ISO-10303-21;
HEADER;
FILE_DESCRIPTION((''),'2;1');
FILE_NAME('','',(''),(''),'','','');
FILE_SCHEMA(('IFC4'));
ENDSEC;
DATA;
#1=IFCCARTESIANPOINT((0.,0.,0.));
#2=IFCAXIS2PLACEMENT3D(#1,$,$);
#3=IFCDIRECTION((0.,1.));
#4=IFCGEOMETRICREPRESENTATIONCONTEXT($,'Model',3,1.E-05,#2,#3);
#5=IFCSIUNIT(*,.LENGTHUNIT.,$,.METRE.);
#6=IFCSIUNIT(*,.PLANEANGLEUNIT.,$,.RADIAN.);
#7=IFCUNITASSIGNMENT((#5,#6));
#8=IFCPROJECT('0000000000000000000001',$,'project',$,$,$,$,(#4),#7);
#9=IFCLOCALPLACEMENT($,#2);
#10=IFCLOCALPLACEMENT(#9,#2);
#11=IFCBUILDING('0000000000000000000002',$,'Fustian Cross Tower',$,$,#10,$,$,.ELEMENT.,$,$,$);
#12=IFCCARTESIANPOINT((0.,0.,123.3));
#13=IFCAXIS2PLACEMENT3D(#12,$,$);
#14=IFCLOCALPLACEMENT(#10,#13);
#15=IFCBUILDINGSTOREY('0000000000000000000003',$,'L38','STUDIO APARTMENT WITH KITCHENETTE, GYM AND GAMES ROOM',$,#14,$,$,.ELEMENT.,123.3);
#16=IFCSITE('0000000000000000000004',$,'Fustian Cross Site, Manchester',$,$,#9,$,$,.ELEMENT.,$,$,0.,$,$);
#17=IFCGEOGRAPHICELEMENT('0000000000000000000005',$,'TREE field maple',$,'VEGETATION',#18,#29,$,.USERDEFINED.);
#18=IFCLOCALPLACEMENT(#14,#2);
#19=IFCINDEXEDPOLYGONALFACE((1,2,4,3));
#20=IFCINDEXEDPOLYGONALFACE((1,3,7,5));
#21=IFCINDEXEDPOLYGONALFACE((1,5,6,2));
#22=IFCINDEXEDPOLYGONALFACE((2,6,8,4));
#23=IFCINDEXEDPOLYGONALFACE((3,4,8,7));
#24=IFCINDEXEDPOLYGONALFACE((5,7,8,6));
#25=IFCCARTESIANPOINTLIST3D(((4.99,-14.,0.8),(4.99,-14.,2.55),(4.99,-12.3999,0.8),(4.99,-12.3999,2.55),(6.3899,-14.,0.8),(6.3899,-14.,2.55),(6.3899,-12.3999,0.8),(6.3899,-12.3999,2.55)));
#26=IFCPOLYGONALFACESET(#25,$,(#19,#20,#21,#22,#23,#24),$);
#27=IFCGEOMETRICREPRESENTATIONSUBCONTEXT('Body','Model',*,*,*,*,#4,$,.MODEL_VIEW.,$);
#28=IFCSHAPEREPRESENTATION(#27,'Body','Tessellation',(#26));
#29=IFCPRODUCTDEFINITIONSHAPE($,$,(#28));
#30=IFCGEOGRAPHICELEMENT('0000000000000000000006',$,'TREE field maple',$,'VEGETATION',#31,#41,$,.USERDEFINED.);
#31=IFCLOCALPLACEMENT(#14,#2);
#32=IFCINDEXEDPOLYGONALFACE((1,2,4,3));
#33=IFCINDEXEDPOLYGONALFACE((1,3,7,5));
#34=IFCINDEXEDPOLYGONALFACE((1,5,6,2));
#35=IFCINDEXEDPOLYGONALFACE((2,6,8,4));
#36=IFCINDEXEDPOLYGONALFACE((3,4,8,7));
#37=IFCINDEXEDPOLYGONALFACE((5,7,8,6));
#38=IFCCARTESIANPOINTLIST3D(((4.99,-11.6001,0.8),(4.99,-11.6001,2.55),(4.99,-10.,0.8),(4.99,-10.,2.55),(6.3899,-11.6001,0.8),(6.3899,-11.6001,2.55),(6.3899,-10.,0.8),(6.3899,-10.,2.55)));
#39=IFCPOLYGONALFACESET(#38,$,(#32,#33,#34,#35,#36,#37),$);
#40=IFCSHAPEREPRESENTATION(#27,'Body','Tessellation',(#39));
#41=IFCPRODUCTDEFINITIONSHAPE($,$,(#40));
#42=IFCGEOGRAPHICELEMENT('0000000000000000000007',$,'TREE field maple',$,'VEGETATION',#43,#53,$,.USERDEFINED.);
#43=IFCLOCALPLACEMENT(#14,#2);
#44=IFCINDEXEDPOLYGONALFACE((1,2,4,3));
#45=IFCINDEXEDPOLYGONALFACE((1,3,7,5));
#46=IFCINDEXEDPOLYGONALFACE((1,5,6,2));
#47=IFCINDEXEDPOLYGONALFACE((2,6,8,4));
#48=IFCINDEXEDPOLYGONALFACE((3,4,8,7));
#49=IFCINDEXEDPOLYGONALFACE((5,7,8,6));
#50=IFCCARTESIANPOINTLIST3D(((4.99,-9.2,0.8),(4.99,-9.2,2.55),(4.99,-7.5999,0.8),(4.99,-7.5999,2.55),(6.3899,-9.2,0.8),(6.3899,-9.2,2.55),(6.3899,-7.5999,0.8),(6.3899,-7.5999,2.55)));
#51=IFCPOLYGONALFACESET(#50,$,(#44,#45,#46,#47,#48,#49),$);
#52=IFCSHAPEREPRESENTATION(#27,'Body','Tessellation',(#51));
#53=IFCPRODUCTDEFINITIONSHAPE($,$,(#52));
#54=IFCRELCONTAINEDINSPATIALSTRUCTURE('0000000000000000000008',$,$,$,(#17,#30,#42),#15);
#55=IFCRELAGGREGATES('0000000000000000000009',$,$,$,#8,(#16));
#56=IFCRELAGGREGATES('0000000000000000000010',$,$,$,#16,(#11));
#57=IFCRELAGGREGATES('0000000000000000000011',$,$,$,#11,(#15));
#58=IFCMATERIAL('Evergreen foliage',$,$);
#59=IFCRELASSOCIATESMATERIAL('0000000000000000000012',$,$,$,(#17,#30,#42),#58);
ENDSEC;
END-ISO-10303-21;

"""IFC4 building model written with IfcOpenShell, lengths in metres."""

from ifc_helpers import new_model, si_unit, direction, frame, origin, origin_2d, place, context, subcontext, project, spatial, rectangle, extrude, material, element, save


model = new_model("IFC4")

# Units and contexts
model_context = context("Model", 3, precision=1e-05, world=origin(), true_north=direction((0.0, 1.0)))
body_context = subcontext(model_context, "Body", "Model", "MODEL_VIEW")
ifc_project = project(units=[si_unit("LENGTHUNIT", "METRE"), si_unit("PLANEANGLEUNIT", "RADIAN")], contexts=[model_context])

# Site, building, storey
site_placement = place(None, origin())
site = spatial("IfcSite", under=ifc_project, at=site_placement, Name="Fustian Cross Site, Manchester", CompositionType="ELEMENT", RefElevation=0.0)
building_placement = place(site_placement, origin())
building = spatial("IfcBuilding", under=site, at=building_placement, Name="Fustian Cross Tower", CompositionType="ELEMENT")
storey_placement = place(building_placement, frame((0.0, 0.0, 123.3)))
storey = spatial("IfcBuildingStorey", under=building, at=storey_placement, Name="L38", Description="STUDIO APARTMENT WITH KITCHENETTE, GYM AND GAMES ROOM", CompositionType="ELEMENT", Elevation=123.3)

# Geographic elements
ifc_material_1 = material(Name="Evergreen foliage")
for number, where, z_axis, x_axis, name in (
    (1, (5.6899, -13.2, 0.8), (0.0, 0.0, 1.0), (1.0, 0.0, 0.0), "TREE field maple"),
    (2, (5.6899, -10.8, 0.8), (0.0, 0.0, 1.0), (1.0, 0.0, 0.0), "TREE field maple"),
    (3, (5.6899, -8.3999, 0.8), (0.0, 0.0, 1.0), (1.0, 0.0, 0.0), "TREE field maple"),
):
    element("IfcGeographicElement", number, at=place(storey_placement, frame(where, z_axis=z_axis, x_axis=x_axis)), inside=storey, material=ifc_material_1, Name=name, ObjectType="VEGETATION", PredefinedType="USERDEFINED", context=body_context, shape_type="SweptSolid", body=[
        extrude(rectangle(XDim=1.3999, YDim=1.6001, at=origin_2d()), origin(), (0.0, 0.0, 1.0), 1.75),
    ])

save(model, "model.ifc")
